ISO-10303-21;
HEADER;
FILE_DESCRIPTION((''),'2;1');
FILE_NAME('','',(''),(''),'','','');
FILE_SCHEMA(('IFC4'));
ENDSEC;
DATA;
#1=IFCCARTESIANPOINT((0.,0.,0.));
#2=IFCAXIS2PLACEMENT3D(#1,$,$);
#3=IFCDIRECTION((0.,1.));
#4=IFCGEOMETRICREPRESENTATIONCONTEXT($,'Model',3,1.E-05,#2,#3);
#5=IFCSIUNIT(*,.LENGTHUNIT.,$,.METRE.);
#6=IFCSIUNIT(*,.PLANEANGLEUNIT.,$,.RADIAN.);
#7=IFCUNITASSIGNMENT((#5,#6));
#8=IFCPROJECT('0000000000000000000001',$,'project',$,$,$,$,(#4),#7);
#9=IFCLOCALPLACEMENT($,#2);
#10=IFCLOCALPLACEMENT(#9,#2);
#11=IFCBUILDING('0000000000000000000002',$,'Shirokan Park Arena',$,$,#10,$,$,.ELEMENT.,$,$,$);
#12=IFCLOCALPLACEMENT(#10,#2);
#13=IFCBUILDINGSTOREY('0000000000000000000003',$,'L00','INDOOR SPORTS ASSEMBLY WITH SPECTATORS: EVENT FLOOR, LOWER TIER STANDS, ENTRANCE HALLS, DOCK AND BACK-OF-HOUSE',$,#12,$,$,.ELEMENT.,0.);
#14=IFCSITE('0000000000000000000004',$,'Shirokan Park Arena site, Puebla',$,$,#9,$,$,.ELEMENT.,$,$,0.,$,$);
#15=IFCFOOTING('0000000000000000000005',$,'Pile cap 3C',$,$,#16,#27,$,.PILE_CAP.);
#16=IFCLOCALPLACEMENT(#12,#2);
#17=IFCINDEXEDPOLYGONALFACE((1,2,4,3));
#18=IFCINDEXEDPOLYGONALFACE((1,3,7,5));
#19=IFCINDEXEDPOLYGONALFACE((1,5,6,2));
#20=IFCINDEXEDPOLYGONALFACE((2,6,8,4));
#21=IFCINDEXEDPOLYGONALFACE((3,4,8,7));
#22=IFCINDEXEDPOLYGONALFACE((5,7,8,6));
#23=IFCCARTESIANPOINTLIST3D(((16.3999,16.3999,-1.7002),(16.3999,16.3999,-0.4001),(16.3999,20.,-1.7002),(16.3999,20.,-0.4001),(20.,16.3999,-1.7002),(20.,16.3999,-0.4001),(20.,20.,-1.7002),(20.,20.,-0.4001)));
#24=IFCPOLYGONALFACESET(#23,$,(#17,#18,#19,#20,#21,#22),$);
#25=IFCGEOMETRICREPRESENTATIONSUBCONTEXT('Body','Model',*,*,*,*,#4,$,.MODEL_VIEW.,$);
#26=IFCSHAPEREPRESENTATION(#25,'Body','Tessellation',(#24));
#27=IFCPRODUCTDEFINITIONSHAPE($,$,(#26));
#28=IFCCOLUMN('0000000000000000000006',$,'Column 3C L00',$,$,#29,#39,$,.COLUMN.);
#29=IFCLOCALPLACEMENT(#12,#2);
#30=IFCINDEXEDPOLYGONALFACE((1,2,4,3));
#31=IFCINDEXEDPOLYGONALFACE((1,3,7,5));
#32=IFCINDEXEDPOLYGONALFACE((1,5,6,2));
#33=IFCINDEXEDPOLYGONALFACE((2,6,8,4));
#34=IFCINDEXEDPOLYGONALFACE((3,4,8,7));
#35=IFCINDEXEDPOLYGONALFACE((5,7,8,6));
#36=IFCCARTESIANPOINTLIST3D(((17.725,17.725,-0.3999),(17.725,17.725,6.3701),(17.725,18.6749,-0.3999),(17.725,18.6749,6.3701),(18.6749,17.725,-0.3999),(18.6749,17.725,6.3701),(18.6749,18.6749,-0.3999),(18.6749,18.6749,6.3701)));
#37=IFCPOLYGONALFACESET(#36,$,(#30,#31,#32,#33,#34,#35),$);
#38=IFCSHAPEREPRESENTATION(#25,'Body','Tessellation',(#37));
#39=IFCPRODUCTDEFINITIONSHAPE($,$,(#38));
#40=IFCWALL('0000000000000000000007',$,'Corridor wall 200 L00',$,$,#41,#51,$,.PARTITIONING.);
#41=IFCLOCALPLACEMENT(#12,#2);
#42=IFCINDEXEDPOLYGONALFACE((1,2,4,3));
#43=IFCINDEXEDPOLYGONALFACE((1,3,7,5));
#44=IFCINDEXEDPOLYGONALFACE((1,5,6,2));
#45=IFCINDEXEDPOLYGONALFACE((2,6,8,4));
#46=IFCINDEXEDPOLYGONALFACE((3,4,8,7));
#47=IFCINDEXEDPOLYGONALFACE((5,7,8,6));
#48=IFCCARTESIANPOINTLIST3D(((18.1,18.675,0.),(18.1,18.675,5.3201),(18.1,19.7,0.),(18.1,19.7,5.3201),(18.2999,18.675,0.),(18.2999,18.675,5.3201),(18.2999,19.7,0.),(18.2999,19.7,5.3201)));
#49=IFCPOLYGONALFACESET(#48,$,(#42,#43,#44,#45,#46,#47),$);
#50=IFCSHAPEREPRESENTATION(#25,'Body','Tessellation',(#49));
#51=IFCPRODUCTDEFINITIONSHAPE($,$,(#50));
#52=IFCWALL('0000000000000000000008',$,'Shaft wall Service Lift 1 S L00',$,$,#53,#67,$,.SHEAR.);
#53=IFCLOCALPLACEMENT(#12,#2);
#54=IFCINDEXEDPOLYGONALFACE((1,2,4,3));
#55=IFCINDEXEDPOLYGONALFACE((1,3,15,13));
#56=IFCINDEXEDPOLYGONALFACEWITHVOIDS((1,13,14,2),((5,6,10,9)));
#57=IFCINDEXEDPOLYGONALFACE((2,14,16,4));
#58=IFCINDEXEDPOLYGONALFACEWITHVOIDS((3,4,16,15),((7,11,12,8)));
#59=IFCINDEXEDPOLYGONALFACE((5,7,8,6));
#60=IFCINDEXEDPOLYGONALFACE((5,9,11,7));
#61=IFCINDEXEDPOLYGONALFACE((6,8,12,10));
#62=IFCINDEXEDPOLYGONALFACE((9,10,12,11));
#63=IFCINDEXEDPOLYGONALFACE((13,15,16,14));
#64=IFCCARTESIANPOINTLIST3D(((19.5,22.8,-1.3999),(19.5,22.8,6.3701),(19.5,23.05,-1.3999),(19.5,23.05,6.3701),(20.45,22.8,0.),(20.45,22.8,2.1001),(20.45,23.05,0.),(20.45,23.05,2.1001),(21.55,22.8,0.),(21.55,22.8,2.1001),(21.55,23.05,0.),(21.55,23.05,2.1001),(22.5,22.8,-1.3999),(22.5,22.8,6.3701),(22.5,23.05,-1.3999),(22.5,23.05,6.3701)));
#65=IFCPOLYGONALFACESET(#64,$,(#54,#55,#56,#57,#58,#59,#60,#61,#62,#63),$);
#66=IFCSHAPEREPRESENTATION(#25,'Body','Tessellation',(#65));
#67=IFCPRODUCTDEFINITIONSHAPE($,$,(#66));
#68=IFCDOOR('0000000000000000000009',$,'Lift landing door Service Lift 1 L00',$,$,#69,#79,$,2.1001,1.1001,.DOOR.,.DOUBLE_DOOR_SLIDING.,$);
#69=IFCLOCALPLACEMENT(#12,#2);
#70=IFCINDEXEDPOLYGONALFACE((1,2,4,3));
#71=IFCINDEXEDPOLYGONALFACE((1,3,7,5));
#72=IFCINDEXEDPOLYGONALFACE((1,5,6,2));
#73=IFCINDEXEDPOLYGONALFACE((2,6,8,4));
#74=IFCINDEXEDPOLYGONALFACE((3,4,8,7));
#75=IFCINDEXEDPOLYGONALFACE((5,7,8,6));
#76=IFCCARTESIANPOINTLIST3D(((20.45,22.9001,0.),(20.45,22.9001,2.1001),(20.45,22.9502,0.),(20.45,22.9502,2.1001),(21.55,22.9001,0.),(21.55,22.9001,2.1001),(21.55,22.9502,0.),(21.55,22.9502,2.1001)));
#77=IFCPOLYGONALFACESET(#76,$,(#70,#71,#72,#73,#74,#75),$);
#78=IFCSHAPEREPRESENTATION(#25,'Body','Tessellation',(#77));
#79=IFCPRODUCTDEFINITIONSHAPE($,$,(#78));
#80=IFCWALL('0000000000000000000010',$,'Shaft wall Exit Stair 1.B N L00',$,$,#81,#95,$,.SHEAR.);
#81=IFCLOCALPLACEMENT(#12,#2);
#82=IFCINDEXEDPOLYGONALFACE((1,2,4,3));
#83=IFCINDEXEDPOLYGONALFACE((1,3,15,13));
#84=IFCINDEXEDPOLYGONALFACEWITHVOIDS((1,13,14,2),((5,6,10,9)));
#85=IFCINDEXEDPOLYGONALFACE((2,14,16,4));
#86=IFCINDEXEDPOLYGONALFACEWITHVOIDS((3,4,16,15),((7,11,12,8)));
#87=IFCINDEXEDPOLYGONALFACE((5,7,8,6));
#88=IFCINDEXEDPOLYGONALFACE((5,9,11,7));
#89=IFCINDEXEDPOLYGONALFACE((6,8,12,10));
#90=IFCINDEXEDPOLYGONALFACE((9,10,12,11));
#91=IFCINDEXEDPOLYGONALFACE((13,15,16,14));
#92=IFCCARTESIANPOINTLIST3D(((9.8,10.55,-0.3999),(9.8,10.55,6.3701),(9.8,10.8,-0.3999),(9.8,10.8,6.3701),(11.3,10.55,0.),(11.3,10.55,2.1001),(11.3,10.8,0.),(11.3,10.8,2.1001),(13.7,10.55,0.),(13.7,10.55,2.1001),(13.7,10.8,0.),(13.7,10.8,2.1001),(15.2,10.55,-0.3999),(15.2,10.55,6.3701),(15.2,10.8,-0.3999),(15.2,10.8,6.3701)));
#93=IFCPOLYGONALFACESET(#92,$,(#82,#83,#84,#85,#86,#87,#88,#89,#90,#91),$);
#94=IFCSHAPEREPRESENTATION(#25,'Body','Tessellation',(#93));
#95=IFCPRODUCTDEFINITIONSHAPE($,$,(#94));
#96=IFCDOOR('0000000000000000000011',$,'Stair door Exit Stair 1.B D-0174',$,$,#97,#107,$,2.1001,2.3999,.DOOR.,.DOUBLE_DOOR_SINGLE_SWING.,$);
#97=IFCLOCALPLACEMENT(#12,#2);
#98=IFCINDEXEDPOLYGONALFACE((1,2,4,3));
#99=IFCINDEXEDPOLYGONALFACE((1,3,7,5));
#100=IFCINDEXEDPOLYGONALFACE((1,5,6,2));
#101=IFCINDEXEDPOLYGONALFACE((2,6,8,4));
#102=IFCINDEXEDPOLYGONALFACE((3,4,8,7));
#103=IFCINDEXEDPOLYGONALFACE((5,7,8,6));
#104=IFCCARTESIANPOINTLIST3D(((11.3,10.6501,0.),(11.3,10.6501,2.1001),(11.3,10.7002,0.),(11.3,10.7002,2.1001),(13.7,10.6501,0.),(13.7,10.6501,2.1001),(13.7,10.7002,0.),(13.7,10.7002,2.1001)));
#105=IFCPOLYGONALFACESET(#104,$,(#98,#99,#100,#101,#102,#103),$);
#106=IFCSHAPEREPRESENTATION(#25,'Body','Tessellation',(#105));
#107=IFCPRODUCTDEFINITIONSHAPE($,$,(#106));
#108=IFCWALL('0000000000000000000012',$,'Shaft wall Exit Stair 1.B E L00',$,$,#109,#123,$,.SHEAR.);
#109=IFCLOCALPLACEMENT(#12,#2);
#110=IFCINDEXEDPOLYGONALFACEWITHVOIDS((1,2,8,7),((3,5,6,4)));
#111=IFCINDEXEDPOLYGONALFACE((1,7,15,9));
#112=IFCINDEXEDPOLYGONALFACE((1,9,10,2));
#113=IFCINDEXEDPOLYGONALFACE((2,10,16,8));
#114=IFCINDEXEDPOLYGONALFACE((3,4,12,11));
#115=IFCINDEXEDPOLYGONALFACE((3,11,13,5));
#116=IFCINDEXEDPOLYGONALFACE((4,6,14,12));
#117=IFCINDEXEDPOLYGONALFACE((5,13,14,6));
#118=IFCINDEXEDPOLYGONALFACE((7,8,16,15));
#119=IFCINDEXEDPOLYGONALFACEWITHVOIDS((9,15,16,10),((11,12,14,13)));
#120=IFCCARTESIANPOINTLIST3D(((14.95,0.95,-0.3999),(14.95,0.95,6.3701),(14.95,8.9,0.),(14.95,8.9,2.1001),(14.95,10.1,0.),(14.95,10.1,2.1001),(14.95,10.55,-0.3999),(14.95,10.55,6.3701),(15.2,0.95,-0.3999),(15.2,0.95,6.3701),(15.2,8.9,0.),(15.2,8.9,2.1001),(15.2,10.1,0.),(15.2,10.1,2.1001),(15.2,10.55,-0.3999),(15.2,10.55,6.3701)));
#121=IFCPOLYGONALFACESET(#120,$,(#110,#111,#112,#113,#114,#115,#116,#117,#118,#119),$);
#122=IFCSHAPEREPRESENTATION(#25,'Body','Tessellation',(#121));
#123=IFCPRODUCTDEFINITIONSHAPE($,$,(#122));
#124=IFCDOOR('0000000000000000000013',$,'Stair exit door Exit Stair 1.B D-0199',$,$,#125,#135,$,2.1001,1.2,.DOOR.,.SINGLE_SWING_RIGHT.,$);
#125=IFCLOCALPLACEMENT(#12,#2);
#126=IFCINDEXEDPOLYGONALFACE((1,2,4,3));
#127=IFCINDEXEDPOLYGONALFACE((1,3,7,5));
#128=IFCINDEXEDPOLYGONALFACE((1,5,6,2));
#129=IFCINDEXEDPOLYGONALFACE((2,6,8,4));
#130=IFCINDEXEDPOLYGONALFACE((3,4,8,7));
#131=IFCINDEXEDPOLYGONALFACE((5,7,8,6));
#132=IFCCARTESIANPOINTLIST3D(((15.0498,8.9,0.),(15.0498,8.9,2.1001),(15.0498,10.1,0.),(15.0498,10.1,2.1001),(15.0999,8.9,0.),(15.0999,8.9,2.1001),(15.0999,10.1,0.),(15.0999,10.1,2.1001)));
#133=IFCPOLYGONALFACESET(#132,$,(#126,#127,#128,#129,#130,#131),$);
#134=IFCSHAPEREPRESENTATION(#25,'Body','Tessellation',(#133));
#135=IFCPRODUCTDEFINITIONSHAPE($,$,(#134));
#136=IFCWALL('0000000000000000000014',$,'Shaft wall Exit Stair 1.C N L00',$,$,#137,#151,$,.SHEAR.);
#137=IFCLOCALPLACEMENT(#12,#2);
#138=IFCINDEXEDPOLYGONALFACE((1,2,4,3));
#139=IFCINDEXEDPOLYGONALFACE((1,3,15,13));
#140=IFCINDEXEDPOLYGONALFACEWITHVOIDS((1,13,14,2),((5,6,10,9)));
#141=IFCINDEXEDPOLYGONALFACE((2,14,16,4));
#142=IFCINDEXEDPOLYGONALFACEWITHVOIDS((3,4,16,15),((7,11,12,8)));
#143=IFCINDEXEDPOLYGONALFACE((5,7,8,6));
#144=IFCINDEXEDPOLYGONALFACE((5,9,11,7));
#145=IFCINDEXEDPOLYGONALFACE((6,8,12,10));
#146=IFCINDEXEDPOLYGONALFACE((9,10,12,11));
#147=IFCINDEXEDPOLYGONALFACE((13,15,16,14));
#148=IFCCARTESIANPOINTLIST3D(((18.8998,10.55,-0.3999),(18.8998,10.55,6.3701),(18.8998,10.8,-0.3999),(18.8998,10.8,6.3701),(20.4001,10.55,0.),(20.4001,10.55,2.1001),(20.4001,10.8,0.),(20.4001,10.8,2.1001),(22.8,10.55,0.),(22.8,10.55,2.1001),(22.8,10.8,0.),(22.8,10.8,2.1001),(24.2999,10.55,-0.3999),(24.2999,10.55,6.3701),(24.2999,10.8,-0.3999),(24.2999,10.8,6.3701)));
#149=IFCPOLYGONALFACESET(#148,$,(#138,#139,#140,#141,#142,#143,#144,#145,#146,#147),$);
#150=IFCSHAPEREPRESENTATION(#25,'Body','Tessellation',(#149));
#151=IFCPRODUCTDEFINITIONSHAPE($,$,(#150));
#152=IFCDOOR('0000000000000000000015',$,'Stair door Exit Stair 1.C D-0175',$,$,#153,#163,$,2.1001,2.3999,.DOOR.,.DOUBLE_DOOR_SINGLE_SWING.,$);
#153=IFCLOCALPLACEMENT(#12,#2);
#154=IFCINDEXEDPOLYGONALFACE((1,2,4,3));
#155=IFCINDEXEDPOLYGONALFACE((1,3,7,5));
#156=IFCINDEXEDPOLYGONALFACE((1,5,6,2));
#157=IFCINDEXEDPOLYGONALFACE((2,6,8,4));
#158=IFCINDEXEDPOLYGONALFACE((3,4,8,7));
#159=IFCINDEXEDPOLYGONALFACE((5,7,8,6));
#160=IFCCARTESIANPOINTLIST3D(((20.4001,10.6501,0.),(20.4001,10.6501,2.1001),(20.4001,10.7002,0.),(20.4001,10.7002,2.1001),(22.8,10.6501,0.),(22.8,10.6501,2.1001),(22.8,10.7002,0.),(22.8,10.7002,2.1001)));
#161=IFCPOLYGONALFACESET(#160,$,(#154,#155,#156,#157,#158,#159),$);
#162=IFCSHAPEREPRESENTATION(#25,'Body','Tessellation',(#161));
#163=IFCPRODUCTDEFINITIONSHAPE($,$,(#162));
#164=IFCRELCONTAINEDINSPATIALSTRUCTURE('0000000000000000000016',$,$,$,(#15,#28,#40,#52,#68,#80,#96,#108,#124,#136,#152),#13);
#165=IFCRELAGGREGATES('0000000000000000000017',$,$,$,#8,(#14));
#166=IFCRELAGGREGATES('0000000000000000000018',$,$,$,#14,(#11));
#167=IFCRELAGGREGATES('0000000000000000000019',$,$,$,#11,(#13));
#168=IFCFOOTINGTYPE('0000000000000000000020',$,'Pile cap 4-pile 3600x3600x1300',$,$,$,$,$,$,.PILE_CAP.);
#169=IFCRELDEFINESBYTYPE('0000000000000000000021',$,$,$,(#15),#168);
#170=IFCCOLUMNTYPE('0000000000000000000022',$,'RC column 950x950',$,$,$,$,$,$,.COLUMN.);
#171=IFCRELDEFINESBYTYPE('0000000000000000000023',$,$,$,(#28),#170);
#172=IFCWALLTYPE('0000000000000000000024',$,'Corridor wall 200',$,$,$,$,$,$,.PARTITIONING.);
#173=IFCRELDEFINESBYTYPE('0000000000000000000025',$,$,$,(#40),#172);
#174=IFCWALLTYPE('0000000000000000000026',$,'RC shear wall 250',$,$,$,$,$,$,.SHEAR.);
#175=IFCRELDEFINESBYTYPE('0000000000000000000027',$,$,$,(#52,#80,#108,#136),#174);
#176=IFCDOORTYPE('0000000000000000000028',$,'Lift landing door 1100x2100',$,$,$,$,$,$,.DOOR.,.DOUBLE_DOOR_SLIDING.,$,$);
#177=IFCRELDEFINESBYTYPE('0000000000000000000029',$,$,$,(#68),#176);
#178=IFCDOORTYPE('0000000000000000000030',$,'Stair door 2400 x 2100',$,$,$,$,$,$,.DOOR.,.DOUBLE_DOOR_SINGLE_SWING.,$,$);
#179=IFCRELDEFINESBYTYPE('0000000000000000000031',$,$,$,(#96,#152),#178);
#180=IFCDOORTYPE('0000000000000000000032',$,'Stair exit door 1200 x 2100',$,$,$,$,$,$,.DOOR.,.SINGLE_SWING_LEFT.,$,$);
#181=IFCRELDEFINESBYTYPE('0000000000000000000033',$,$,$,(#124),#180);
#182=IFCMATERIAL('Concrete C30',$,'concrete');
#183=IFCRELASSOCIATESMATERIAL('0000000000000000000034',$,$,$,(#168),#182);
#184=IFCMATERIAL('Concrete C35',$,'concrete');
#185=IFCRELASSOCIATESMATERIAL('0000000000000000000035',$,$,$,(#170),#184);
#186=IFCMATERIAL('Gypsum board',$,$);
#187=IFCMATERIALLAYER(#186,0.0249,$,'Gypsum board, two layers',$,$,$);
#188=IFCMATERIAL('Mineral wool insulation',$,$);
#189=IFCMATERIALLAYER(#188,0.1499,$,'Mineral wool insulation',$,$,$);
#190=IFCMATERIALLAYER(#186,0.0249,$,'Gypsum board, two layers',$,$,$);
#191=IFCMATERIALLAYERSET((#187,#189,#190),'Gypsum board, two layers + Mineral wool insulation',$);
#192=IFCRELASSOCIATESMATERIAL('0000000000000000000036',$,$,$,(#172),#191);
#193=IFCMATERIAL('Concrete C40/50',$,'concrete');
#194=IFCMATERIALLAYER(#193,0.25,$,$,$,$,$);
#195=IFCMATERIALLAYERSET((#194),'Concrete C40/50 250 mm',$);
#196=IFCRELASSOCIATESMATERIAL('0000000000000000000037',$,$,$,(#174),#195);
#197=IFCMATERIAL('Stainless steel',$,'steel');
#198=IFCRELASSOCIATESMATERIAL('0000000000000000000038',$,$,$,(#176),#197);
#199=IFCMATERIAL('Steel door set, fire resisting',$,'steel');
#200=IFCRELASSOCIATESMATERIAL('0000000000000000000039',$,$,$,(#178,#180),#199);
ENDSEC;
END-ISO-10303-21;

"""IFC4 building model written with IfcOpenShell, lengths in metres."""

from ifc_helpers import new_model, si_unit, direction, frame, frame_2d, origin, origin_2d, place, context, subcontext, project, spatial, rectangle, extrude, material, layer, layer_set, material_profile, profile_set, type_object, element, fill, save


model = new_model("IFC4")

# Units and contexts
model_context = context("Model", 3, precision=1e-05, world=origin(), true_north=direction((0.0, 1.0)))
body_context = subcontext(model_context, "Body", "Model", "MODEL_VIEW")
ifc_project = project(units=[si_unit("LENGTHUNIT", "METRE"), si_unit("PLANEANGLEUNIT", "RADIAN")], contexts=[model_context])

# Site, building, storey
site_placement = place(None, origin())
site = spatial("IfcSite", under=ifc_project, at=site_placement, Name="Shirokan Park Arena site, Puebla", CompositionType="ELEMENT", RefElevation=0.0)
building_placement = place(site_placement, origin())
building = spatial("IfcBuilding", under=site, at=building_placement, Name="Shirokan Park Arena", CompositionType="ELEMENT")
storey_placement = place(building_placement, origin())
storey = spatial("IfcBuildingStorey", under=building, at=storey_placement, Name="L00", Description="INDOOR SPORTS ASSEMBLY WITH SPECTATORS: EVENT FLOOR, LOWER TIER STANDS, ENTRANCE HALLS, DOCK AND BACK-OF-HOUSE", CompositionType="ELEMENT", Elevation=0.0)

# Shared definitions
ifc_material_1 = material(Name="Concrete C30", Category="concrete")

# Footing
footing_type = type_object("IfcFootingType", Name="Pile cap 4-pile 3600x3600x1300", PredefinedType="PILE_CAP", material=ifc_material_1)
footing_placement = place(storey_placement, frame((18.2, 18.2, -1.7002), z_axis=(0.0, 0.0, 1.0), x_axis=(1.0, 0.0, 0.0)))
element("IfcFooting", 1, at=footing_placement, inside=storey, type_object=footing_type, Name="Pile cap 3C", PredefinedType="PILE_CAP", context=body_context, shape_type="SweptSolid", body=[
    extrude(rectangle(XDim=3.6001, YDim=3.6001, at=origin_2d()), origin(), (0.0, 0.0, 1.0), 1.3),
])

# Column
ifc_material_2 = material(Name="Concrete C35", Category="concrete")
ifc_material_profile_1 = material_profile(ifc_material_2, rectangle(XDim=0.95, YDim=0.95, at=origin_2d()), Name="950x950")
ifc_profile_set_1 = profile_set([ifc_material_profile_1], Name="Concrete C35")
column_type = type_object("IfcColumnType", Name="RC column 950x950", PredefinedType="COLUMN", material=ifc_profile_set_1)
column_placement = place(storey_placement, frame((18.2, 18.2, -0.3999), z_axis=(0.0, 0.0, 1.0), x_axis=(1.0, 0.0, 0.0)))
element("IfcColumn", 2, at=column_placement, inside=storey, type_object=column_type, Name="Column 3C L00", PredefinedType="COLUMN", context=body_context, shape_type="SweptSolid", body=[
    extrude(rectangle(XDim=0.95, YDim=0.95, at=origin_2d()), origin(), (0.0, 0.0, 1.0), 6.77),
])

# Shared definitions
ifc_material_3 = material(Name="Gypsum board")
ifc_layer_1 = layer(ifc_material_3, 0.0249, Name="Gypsum board, two layers")
ifc_material_4 = material(Name="Mineral wool insulation")
ifc_layer_2 = layer(ifc_material_4, 0.1499, Name="Mineral wool insulation")
ifc_layer_3 = layer(ifc_material_3, 0.0249, Name="Gypsum board, two layers")
ifc_layer_set_1 = layer_set([ifc_layer_1, ifc_layer_2, ifc_layer_3], Name="Gypsum board, two layers + Mineral wool insulation")
wall_type_1 = type_object("IfcWallType", Name="Corridor wall 200", PredefinedType="PARTITIONING", material=ifc_layer_set_1)

# Wall
wall_1_placement = place(storey_placement, frame((18.2, 19.7, 0.0), z_axis=(0.0, 0.0, 1.0), x_axis=(0.0, -1.0, 0.0)))
element("IfcWall", 3, at=wall_1_placement, inside=storey, type_object=wall_type_1, Name="Corridor wall 200 L00", PredefinedType="PARTITIONING", context=body_context, shape_type="SweptSolid", body=[
    extrude(rectangle(XDim=1.0249, YDim=0.2, at=frame_2d((0.5125, 0.0))), origin(), (0.0, 0.0, 1.0), 5.3201),
])

# Walls, openings, doors
ifc_material_5 = material(Name="Concrete C40/50", Category="concrete")
ifc_layer_4 = layer(ifc_material_5, 0.25)
ifc_layer_set_2 = layer_set([ifc_layer_4], Name="Concrete C40/50 250 mm")
wall_type_2 = type_object("IfcWallType", Name="RC shear wall 250", PredefinedType="SHEAR", material=ifc_layer_set_2)
wall_2_placement = place(storey_placement, frame((22.5, 22.925, -1.3999), z_axis=(0.0, 0.0, 1.0), x_axis=(-1.0, 0.0, 0.0)))
wall_2 = element("IfcWall", 4, at=wall_2_placement, inside=storey, type_object=wall_type_2, Name="Shaft wall Service Lift 1 S L00", PredefinedType="SHEAR", context=body_context, shape_type="SweptSolid", body=[
    extrude(rectangle(XDim=3.0, YDim=0.25, at=frame_2d((1.5, 0.0))), origin(), (0.0, 0.0, 1.0), 7.77),
])
opening_1_placement = place(wall_2_placement, frame((0.95, 0.0, 1.3999)))
opening_1 = element("IfcOpeningElement", 5, at=opening_1_placement, cuts=wall_2, PredefinedType="OPENING", context=body_context, shape_type="SweptSolid", body=[
    extrude(rectangle(XDim=1.1001, YDim=2.1001, at=frame_2d((0.55, 1.05))), frame((0.0, 0.135, 0.0), z_axis=(0.0, -1.0, 0.0), x_axis=(1.0, 0.0, 0.0)), (0.0, 0.0, 1.0), 0.27),
])
ifc_material_6 = material(Name="Stainless steel", Category="steel")
door_type_1 = type_object("IfcDoorType", Name="Lift landing door 1100x2100", OperationType="DOUBLE_DOOR_SLIDING", PredefinedType="DOOR", material=ifc_material_6)
door_1_placement = place(opening_1_placement, origin())
door_1 = element("IfcDoor", 6, at=door_1_placement, inside=storey, type_object=door_type_1, Name="Lift landing door Service Lift 1 L00", OperationType="DOUBLE_DOOR_SLIDING", OverallHeight=2.1001, OverallWidth=1.1001, PredefinedType="DOOR", context=body_context, shape_type="SweptSolid", body=[
    extrude(rectangle(XDim=1.1001, YDim=2.1001, at=frame_2d((0.55, 1.05))), frame((0.0, 0.0249, 0.0), z_axis=(0.0, -1.0, 0.0), x_axis=(1.0, 0.0, 0.0)), (0.0, 0.0, 1.0), 0.05),
])
fill(opening_1, door_1)
wall_3_placement = place(storey_placement, frame((15.2, 10.675, -0.3999), z_axis=(0.0, 0.0, 1.0), x_axis=(-1.0, 0.0, 0.0)))
wall_3 = element("IfcWall", 7, at=wall_3_placement, inside=storey, type_object=wall_type_2, Name="Shaft wall Exit Stair 1.B N L00", PredefinedType="SHEAR", context=body_context, shape_type="SweptSolid", body=[
    extrude(rectangle(XDim=5.3999, YDim=0.25, at=frame_2d((2.7, 0.0))), origin(), (0.0, 0.0, 1.0), 6.77),
])
opening_2_placement = place(wall_3_placement, frame((1.5, 0.0, 0.3999)))
opening_2 = element("IfcOpeningElement", 8, at=opening_2_placement, cuts=wall_3, PredefinedType="OPENING", context=body_context, shape_type="SweptSolid", body=[
    extrude(rectangle(XDim=2.3999, YDim=2.1001, at=frame_2d((1.2, 1.05))), frame((0.0, 0.135, 0.0), z_axis=(0.0, -1.0, 0.0), x_axis=(1.0, 0.0, 0.0)), (0.0, 0.0, 1.0), 0.27),
])
ifc_material_7 = material(Name="Steel door set, fire resisting", Category="steel")
door_type_2 = type_object("IfcDoorType", Name="Stair door 2400 x 2100", OperationType="DOUBLE_DOOR_SINGLE_SWING", PredefinedType="DOOR", material=ifc_material_7)
door_2_placement = place(opening_2_placement, origin())
door_2 = element("IfcDoor", 9, at=door_2_placement, inside=storey, type_object=door_type_2, Name="Stair door Exit Stair 1.B D-0174", OperationType="DOUBLE_DOOR_SINGLE_SWING", OverallHeight=2.1001, OverallWidth=2.3999, PredefinedType="DOOR", context=body_context, shape_type="SweptSolid", body=[
    extrude(rectangle(XDim=2.3999, YDim=2.1001, at=frame_2d((1.2, 1.05))), frame((0.0, 0.0249, 0.0), z_axis=(0.0, -1.0, 0.0), x_axis=(1.0, 0.0, 0.0)), (0.0, 0.0, 1.0), 0.05),
])
fill(opening_2, door_2)
wall_4_placement = place(storey_placement, frame((15.075, 10.55, -0.3999), z_axis=(0.0, 0.0, 1.0), x_axis=(0.0, -1.0, 0.0)))
wall_4 = element("IfcWall", 10, at=wall_4_placement, inside=storey, type_object=wall_type_2, Name="Shaft wall Exit Stair 1.B E L00", PredefinedType="SHEAR", context=body_context, shape_type="SweptSolid", body=[
    extrude(rectangle(XDim=9.6001, YDim=0.25, at=frame_2d((4.8, 0.0))), origin(), (0.0, 0.0, 1.0), 6.77),
])
opening_3_placement = place(wall_4_placement, frame((0.45, 0.0, 0.3999)))
opening_3 = element("IfcOpeningElement", 11, at=opening_3_placement, cuts=wall_4, PredefinedType="OPENING", context=body_context, shape_type="SweptSolid", body=[
    extrude(rectangle(XDim=1.2, YDim=2.1001, at=frame_2d((0.6001, 1.05))), frame((0.0, 0.135, 0.0), z_axis=(0.0, -1.0, 0.0), x_axis=(1.0, 0.0, 0.0)), (0.0, 0.0, 1.0), 0.27),
])
door_type_3 = type_object("IfcDoorType", Name="Stair exit door 1200 x 2100", OperationType="SINGLE_SWING_LEFT", PredefinedType="DOOR", material=ifc_material_7)
door_3_placement = place(opening_3_placement, origin())
door_3 = element("IfcDoor", 12, at=door_3_placement, inside=storey, type_object=door_type_3, Name="Stair exit door Exit Stair 1.B D-0199", OperationType="SINGLE_SWING_RIGHT", OverallHeight=2.1001, OverallWidth=1.2, PredefinedType="DOOR", context=body_context, shape_type="SweptSolid", body=[
    extrude(rectangle(XDim=1.2, YDim=2.1001, at=frame_2d((0.6001, 1.05))), frame((0.0, 0.0249, 0.0), z_axis=(0.0, -1.0, 0.0), x_axis=(1.0, 0.0, 0.0)), (0.0, 0.0, 1.0), 0.05),
])
fill(opening_3, door_3)
wall_5_placement = place(storey_placement, frame((24.3, 10.675, -0.3999), z_axis=(0.0, 0.0, 1.0), x_axis=(-1.0, 0.0, 0.0)))
wall_5 = element("IfcWall", 13, at=wall_5_placement, inside=storey, type_object=wall_type_2, Name="Shaft wall Exit Stair 1.C N L00", PredefinedType="SHEAR", context=body_context, shape_type="SweptSolid", body=[
    extrude(rectangle(XDim=5.4001, YDim=0.25, at=frame_2d((2.7002, 0.0))), origin(), (0.0, 0.0, 1.0), 6.77),
])
opening_4_placement = place(wall_5_placement, frame((1.5, 0.0, 0.3999)))
opening_4 = element("IfcOpeningElement", 14, at=opening_4_placement, cuts=wall_5, PredefinedType="OPENING", context=body_context, shape_type="SweptSolid", body=[
    extrude(rectangle(XDim=2.3999, YDim=2.1001, at=frame_2d((1.2, 1.05))), frame((0.0, 0.135, 0.0), z_axis=(0.0, -1.0, 0.0), x_axis=(1.0, 0.0, 0.0)), (0.0, 0.0, 1.0), 0.27),
])
door_4_placement = place(opening_4_placement, origin())
door_4 = element("IfcDoor", 15, at=door_4_placement, inside=storey, type_object=door_type_2, Name="Stair door Exit Stair 1.C D-0175", OperationType="DOUBLE_DOOR_SINGLE_SWING", OverallHeight=2.1001, OverallWidth=2.3999, PredefinedType="DOOR", context=body_context, shape_type="SweptSolid", body=[
    extrude(rectangle(XDim=2.3999, YDim=2.1001, at=frame_2d((1.2, 1.05))), frame((0.0, 0.0249, 0.0), z_axis=(0.0, -1.0, 0.0), x_axis=(1.0, 0.0, 0.0)), (0.0, 0.0, 1.0), 0.05),
])
fill(opening_4, door_4)

save(model, "model.ifc")
